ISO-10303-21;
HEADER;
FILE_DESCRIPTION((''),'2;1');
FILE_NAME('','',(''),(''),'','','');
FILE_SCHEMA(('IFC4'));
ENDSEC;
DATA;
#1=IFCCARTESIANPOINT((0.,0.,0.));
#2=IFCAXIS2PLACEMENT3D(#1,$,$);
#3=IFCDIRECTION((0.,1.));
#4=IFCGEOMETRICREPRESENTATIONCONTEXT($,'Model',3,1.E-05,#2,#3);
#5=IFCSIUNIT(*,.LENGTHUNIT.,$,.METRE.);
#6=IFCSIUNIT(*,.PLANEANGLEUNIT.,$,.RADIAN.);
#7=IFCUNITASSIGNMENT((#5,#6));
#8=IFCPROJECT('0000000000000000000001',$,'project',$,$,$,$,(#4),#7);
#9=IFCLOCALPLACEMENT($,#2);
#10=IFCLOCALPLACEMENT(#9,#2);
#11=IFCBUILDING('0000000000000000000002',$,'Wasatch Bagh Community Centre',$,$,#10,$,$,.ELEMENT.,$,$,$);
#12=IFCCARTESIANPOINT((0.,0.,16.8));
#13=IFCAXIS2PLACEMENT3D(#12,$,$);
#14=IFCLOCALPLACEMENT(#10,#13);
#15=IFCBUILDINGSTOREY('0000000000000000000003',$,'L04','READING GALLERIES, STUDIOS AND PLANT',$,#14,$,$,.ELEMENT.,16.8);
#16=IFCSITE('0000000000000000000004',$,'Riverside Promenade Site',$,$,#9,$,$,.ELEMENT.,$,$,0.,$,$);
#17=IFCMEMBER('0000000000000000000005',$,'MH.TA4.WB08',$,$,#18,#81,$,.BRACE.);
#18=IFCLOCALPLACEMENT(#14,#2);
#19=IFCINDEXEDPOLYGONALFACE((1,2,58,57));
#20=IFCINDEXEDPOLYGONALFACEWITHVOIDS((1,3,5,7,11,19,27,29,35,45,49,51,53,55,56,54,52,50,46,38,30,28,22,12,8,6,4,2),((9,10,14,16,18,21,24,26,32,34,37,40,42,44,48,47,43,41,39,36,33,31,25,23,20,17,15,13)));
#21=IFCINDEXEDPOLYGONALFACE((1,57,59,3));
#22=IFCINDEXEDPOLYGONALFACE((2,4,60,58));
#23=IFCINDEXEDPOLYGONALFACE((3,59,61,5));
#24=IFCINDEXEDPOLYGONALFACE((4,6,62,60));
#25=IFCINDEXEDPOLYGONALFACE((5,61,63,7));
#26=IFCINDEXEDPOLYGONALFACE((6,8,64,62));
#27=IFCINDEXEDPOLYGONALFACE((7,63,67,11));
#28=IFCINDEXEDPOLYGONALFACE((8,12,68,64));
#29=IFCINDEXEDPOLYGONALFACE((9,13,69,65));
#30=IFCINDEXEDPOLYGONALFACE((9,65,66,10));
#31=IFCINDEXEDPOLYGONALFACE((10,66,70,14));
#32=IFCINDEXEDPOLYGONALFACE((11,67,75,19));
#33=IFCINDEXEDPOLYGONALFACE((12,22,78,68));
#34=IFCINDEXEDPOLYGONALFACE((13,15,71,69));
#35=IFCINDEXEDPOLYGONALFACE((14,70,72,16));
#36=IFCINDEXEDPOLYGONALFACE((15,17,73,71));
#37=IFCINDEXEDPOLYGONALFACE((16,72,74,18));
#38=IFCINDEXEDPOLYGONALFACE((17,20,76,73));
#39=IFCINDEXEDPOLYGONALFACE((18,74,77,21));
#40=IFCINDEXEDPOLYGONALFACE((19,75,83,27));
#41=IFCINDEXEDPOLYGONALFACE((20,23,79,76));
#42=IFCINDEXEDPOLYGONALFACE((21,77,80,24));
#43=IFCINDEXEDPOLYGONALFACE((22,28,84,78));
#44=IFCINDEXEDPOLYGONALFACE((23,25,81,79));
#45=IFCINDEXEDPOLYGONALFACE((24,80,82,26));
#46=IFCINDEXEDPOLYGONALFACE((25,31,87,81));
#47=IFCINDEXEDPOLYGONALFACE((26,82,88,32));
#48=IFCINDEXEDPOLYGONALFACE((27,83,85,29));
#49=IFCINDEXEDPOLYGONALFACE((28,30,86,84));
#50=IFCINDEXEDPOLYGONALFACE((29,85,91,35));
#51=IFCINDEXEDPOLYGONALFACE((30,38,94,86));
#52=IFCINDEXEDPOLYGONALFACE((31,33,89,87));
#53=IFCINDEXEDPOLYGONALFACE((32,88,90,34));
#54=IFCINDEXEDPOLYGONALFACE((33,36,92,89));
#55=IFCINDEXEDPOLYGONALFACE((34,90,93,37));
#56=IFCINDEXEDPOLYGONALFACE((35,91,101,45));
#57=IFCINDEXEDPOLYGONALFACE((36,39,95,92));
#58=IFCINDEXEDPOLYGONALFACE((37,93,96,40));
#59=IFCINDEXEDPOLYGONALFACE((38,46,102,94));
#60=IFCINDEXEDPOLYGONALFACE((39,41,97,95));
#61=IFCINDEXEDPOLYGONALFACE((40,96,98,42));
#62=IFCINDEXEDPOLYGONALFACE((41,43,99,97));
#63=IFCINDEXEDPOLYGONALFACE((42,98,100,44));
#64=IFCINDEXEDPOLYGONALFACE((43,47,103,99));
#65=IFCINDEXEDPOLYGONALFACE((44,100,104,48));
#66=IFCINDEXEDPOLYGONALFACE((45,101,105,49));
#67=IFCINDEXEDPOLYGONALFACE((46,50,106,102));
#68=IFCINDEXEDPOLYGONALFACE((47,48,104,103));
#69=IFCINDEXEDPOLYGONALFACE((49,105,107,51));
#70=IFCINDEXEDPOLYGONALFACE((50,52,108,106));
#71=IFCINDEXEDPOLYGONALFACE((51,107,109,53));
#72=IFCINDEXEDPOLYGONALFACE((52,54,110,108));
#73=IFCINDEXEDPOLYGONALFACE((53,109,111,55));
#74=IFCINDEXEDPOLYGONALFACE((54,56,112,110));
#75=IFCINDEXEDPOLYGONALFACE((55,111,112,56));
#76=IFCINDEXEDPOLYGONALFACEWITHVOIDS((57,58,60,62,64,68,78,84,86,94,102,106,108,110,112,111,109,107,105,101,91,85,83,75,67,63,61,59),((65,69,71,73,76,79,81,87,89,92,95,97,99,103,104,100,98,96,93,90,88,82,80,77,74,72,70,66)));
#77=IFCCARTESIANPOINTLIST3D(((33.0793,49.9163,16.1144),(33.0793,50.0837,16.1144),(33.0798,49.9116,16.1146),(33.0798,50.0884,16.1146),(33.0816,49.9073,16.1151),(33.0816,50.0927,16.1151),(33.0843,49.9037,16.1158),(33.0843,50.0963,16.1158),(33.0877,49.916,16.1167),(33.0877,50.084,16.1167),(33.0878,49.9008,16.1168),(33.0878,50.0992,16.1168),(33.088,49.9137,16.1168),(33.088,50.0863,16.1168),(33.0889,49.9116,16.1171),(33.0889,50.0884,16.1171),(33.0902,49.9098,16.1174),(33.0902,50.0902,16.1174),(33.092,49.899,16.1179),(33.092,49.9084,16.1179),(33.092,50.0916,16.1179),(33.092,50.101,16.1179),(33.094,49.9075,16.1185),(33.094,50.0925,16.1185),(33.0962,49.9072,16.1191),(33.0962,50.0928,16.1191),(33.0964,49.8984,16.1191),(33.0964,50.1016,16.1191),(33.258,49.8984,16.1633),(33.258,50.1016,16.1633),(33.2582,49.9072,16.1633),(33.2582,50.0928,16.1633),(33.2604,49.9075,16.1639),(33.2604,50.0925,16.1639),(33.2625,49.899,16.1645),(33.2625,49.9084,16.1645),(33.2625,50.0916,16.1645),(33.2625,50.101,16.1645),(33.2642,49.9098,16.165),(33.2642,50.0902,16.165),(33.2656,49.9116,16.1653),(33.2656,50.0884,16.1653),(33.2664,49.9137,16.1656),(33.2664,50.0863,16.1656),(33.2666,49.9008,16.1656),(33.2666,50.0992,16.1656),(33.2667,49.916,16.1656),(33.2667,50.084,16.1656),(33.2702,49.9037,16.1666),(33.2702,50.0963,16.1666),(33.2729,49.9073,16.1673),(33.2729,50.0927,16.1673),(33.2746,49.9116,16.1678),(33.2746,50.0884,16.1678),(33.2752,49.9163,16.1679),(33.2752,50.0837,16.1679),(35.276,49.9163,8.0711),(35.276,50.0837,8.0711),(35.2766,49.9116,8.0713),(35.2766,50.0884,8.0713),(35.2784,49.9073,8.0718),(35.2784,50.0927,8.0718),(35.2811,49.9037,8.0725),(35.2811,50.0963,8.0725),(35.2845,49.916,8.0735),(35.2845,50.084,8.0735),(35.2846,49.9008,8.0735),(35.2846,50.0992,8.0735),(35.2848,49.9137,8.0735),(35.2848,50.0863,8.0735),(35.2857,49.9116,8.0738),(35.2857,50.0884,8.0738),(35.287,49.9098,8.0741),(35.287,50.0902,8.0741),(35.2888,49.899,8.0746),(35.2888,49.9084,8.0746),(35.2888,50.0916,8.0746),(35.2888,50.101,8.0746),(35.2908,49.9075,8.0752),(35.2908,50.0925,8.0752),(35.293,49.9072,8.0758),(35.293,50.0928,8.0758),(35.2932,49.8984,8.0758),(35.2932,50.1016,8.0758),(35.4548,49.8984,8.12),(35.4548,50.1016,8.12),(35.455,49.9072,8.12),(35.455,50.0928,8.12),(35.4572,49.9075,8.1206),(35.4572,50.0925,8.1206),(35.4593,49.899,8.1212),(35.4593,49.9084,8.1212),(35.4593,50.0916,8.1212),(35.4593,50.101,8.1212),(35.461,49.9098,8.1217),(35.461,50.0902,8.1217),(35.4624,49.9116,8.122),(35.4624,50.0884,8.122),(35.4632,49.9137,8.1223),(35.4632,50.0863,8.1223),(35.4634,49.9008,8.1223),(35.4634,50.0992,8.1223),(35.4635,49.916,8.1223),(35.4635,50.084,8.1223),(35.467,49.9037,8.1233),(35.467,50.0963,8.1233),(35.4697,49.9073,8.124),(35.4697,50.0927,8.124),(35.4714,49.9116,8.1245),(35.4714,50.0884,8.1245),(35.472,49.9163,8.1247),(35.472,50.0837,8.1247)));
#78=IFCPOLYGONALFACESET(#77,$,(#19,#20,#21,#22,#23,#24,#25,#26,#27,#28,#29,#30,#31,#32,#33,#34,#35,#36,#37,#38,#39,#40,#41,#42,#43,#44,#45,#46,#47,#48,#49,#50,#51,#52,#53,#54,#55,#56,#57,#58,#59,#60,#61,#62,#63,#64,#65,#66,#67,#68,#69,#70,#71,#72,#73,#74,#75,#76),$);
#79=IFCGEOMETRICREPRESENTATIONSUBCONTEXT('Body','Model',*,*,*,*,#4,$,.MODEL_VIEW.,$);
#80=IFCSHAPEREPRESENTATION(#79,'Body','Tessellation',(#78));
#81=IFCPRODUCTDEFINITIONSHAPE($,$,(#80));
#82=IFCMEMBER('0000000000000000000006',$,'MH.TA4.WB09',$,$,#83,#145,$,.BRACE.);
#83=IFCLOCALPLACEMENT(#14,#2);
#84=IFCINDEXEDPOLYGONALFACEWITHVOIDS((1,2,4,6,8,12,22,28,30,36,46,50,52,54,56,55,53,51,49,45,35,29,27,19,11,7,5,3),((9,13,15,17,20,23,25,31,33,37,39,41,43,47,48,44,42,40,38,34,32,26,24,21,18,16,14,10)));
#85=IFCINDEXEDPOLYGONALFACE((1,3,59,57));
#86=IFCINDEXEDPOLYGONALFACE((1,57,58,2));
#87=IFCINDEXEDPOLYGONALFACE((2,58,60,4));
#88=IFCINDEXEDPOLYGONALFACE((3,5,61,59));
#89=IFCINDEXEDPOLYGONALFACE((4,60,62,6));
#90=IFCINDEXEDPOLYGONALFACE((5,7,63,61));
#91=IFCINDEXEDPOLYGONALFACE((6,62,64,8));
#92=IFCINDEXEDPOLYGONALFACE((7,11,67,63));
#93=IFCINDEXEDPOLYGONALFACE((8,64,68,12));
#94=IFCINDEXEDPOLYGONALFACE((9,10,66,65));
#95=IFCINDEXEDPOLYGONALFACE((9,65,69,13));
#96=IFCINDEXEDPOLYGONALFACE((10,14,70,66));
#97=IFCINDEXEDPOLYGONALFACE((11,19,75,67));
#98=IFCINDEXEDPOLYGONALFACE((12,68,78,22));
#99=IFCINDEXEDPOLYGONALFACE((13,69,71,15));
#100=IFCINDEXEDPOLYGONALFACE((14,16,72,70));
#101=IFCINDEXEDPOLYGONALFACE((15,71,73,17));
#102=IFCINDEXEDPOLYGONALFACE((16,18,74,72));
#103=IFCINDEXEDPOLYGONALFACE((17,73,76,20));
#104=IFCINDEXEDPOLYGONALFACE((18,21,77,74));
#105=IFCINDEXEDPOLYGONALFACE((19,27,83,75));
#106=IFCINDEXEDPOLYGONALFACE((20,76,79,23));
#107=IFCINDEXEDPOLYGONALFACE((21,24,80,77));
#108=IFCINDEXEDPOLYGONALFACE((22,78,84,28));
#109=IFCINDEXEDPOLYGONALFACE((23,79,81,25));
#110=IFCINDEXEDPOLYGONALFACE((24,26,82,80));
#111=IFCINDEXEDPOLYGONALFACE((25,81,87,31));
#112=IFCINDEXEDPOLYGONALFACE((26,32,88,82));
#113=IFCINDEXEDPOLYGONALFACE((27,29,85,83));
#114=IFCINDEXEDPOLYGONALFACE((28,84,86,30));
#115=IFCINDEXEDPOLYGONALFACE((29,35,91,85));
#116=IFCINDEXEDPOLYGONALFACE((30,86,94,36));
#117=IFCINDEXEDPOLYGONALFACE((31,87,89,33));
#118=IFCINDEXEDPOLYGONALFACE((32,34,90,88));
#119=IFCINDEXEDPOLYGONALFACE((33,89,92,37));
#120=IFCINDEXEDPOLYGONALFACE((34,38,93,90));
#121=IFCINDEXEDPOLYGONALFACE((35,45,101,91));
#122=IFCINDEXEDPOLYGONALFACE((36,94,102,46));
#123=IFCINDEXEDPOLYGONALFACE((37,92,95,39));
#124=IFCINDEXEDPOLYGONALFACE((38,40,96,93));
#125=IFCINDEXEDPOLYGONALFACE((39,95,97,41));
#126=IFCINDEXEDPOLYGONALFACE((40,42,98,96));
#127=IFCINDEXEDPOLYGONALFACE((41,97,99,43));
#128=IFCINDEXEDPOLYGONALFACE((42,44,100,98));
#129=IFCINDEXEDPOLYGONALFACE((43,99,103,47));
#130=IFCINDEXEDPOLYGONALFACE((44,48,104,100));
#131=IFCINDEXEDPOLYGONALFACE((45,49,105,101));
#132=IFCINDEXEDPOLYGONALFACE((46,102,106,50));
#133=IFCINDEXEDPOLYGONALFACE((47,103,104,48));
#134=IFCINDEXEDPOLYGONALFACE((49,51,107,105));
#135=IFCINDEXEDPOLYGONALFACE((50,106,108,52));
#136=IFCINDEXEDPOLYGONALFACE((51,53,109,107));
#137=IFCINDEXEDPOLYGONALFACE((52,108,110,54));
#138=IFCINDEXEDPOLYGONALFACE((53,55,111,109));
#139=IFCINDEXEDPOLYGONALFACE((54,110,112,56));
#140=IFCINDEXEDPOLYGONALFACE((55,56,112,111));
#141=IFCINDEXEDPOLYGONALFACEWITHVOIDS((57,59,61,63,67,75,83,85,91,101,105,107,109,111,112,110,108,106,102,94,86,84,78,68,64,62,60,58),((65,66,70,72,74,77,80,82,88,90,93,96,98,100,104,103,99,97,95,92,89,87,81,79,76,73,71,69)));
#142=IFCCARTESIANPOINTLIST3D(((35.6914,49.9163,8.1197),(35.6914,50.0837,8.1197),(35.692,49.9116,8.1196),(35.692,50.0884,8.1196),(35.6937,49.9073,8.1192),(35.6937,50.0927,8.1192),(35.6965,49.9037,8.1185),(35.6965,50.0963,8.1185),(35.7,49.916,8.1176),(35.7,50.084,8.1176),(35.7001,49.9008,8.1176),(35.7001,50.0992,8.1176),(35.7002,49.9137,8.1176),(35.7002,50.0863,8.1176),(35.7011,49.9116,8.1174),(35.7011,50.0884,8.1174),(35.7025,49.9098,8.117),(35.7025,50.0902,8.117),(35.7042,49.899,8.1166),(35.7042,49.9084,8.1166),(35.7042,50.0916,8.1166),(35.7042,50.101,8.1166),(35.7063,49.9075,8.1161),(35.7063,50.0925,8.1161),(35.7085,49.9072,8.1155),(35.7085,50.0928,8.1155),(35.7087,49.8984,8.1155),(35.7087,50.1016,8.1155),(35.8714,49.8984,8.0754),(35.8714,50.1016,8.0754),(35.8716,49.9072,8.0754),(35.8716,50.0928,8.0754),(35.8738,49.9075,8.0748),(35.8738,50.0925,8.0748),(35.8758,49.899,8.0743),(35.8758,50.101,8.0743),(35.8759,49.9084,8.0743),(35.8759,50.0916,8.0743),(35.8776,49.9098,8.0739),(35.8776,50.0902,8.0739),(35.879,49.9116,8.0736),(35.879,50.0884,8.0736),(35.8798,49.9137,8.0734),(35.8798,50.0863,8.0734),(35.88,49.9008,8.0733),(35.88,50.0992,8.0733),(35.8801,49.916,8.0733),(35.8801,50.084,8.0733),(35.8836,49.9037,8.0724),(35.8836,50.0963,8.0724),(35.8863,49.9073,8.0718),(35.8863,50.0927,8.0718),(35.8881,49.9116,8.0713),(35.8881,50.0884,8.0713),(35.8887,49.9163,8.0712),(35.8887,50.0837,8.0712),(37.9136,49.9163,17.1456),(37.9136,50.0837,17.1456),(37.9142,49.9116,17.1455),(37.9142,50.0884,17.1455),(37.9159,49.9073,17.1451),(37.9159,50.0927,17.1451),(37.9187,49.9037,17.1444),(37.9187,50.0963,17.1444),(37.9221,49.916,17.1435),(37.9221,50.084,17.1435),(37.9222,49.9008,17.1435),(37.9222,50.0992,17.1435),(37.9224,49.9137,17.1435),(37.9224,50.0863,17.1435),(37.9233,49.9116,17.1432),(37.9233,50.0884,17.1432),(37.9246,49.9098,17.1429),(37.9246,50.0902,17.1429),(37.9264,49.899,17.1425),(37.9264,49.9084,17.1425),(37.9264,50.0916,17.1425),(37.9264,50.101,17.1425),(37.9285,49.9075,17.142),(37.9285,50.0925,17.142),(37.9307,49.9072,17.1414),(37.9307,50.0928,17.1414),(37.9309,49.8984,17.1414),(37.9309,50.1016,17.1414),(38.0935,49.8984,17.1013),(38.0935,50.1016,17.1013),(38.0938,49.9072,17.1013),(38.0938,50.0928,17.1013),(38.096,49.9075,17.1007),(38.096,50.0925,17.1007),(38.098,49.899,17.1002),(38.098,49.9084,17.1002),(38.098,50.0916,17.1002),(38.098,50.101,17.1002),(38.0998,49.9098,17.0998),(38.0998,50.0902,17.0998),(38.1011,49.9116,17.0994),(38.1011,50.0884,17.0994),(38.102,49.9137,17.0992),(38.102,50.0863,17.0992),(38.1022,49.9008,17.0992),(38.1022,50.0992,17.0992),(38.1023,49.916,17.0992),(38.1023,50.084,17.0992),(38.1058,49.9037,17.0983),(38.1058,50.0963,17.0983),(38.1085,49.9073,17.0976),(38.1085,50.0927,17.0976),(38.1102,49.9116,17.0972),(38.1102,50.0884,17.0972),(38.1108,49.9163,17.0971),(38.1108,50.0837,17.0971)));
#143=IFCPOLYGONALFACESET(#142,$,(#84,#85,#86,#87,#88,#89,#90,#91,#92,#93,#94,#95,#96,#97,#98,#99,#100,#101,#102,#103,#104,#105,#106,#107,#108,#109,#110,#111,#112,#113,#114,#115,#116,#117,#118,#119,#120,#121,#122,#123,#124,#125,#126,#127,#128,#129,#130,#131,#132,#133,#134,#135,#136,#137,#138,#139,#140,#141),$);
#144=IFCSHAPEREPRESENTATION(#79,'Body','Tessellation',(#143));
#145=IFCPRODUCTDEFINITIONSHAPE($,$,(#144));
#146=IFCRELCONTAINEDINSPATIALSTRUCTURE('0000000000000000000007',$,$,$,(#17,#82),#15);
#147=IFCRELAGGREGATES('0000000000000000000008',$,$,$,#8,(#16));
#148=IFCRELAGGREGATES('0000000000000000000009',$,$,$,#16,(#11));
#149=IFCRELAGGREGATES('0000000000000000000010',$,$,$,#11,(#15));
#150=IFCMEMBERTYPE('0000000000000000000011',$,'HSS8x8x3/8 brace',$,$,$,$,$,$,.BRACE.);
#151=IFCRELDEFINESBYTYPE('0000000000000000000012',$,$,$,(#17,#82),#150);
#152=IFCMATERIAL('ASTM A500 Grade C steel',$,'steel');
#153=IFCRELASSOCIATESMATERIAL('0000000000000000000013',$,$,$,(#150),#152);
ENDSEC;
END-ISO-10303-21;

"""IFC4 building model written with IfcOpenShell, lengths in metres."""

from ifc_helpers import new_model, si_unit, direction, frame, origin, origin_2d, place, context, subcontext, project, spatial, hollow_rectangle, extrude, material, material_profile, profile_set, type_object, element, save


model = new_model("IFC4")

# Units and contexts
model_context = context("Model", 3, precision=1e-05, world=origin(), true_north=direction((0.0, 1.0)))
body_context = subcontext(model_context, "Body", "Model", "MODEL_VIEW")
ifc_project = project(units=[si_unit("LENGTHUNIT", "METRE"), si_unit("PLANEANGLEUNIT", "RADIAN")], contexts=[model_context])

# Site, building, storey
site_placement = place(None, origin())
site = spatial("IfcSite", under=ifc_project, at=site_placement, Name="Riverside Promenade Site", CompositionType="ELEMENT", RefElevation=0.0)
building_placement = place(site_placement, origin())
building = spatial("IfcBuilding", under=site, at=building_placement, Name="Wasatch Bagh Community Centre", CompositionType="ELEMENT")
storey_placement = place(building_placement, frame((0.0, 0.0, 16.8)))
storey = spatial("IfcBuildingStorey", under=building, at=storey_placement, Name="L04", Description="READING GALLERIES, STUDIOS AND PLANT", CompositionType="ELEMENT", Elevation=16.8)

# Members
ifc_material_1 = material(Name="ASTM A500 Grade C steel", Category="steel")
ifc_material_profile_1 = material_profile(ifc_material_1, hollow_rectangle(XDim=0.2031, YDim=0.2031, WallThickness=0.0088, InnerFilletRadius=0.0088, OuterFilletRadius=0.0178, at=origin_2d()), Name="HSS8x8x3/8")
ifc_profile_set_1 = profile_set([ifc_material_profile_1], Name="ASTM A500 Grade C steel")
member_type_1 = type_object("IfcMemberType", Name="HSS8x8x3/8 brace", PredefinedType="BRACE", material=ifc_profile_set_1)
member_1_placement = place(storey_placement, frame((35.374, 50.0, 8.0979), z_axis=(-0.263472, 0.0, 0.964667), x_axis=(0.0, -1.0, 0.0)))
element("IfcMember", 1, at=member_1_placement, inside=storey, type_object=member_type_1, Name="MH.TA4.WB08", PredefinedType="BRACE", context=body_context, shape_type="SweptSolid", body=[
    extrude(hollow_rectangle(XDim=0.2031, YDim=0.2031, WallThickness=0.0088, InnerFilletRadius=0.0088, OuterFilletRadius=0.0178, at=origin_2d()), origin(), (0.0, 0.0, 1.0), 8.3379),
])
member_2_placement = place(storey_placement, frame((35.79, 50.0, 8.0955), z_axis=(0.239061, 0.0, 0.971005), x_axis=(0.0, 1.0, 0.0)))
element("IfcMember", 2, at=member_2_placement, inside=storey, type_object=member_type_1, Name="MH.TA4.WB09", PredefinedType="BRACE", context=body_context, shape_type="SweptSolid", body=[
    extrude(hollow_rectangle(XDim=0.2031, YDim=0.2031, WallThickness=0.0088, InnerFilletRadius=0.0088, OuterFilletRadius=0.0178, at=origin_2d()), origin(), (0.0, 0.0, 1.0), 9.2954),
])

save(model, "model.ifc")
